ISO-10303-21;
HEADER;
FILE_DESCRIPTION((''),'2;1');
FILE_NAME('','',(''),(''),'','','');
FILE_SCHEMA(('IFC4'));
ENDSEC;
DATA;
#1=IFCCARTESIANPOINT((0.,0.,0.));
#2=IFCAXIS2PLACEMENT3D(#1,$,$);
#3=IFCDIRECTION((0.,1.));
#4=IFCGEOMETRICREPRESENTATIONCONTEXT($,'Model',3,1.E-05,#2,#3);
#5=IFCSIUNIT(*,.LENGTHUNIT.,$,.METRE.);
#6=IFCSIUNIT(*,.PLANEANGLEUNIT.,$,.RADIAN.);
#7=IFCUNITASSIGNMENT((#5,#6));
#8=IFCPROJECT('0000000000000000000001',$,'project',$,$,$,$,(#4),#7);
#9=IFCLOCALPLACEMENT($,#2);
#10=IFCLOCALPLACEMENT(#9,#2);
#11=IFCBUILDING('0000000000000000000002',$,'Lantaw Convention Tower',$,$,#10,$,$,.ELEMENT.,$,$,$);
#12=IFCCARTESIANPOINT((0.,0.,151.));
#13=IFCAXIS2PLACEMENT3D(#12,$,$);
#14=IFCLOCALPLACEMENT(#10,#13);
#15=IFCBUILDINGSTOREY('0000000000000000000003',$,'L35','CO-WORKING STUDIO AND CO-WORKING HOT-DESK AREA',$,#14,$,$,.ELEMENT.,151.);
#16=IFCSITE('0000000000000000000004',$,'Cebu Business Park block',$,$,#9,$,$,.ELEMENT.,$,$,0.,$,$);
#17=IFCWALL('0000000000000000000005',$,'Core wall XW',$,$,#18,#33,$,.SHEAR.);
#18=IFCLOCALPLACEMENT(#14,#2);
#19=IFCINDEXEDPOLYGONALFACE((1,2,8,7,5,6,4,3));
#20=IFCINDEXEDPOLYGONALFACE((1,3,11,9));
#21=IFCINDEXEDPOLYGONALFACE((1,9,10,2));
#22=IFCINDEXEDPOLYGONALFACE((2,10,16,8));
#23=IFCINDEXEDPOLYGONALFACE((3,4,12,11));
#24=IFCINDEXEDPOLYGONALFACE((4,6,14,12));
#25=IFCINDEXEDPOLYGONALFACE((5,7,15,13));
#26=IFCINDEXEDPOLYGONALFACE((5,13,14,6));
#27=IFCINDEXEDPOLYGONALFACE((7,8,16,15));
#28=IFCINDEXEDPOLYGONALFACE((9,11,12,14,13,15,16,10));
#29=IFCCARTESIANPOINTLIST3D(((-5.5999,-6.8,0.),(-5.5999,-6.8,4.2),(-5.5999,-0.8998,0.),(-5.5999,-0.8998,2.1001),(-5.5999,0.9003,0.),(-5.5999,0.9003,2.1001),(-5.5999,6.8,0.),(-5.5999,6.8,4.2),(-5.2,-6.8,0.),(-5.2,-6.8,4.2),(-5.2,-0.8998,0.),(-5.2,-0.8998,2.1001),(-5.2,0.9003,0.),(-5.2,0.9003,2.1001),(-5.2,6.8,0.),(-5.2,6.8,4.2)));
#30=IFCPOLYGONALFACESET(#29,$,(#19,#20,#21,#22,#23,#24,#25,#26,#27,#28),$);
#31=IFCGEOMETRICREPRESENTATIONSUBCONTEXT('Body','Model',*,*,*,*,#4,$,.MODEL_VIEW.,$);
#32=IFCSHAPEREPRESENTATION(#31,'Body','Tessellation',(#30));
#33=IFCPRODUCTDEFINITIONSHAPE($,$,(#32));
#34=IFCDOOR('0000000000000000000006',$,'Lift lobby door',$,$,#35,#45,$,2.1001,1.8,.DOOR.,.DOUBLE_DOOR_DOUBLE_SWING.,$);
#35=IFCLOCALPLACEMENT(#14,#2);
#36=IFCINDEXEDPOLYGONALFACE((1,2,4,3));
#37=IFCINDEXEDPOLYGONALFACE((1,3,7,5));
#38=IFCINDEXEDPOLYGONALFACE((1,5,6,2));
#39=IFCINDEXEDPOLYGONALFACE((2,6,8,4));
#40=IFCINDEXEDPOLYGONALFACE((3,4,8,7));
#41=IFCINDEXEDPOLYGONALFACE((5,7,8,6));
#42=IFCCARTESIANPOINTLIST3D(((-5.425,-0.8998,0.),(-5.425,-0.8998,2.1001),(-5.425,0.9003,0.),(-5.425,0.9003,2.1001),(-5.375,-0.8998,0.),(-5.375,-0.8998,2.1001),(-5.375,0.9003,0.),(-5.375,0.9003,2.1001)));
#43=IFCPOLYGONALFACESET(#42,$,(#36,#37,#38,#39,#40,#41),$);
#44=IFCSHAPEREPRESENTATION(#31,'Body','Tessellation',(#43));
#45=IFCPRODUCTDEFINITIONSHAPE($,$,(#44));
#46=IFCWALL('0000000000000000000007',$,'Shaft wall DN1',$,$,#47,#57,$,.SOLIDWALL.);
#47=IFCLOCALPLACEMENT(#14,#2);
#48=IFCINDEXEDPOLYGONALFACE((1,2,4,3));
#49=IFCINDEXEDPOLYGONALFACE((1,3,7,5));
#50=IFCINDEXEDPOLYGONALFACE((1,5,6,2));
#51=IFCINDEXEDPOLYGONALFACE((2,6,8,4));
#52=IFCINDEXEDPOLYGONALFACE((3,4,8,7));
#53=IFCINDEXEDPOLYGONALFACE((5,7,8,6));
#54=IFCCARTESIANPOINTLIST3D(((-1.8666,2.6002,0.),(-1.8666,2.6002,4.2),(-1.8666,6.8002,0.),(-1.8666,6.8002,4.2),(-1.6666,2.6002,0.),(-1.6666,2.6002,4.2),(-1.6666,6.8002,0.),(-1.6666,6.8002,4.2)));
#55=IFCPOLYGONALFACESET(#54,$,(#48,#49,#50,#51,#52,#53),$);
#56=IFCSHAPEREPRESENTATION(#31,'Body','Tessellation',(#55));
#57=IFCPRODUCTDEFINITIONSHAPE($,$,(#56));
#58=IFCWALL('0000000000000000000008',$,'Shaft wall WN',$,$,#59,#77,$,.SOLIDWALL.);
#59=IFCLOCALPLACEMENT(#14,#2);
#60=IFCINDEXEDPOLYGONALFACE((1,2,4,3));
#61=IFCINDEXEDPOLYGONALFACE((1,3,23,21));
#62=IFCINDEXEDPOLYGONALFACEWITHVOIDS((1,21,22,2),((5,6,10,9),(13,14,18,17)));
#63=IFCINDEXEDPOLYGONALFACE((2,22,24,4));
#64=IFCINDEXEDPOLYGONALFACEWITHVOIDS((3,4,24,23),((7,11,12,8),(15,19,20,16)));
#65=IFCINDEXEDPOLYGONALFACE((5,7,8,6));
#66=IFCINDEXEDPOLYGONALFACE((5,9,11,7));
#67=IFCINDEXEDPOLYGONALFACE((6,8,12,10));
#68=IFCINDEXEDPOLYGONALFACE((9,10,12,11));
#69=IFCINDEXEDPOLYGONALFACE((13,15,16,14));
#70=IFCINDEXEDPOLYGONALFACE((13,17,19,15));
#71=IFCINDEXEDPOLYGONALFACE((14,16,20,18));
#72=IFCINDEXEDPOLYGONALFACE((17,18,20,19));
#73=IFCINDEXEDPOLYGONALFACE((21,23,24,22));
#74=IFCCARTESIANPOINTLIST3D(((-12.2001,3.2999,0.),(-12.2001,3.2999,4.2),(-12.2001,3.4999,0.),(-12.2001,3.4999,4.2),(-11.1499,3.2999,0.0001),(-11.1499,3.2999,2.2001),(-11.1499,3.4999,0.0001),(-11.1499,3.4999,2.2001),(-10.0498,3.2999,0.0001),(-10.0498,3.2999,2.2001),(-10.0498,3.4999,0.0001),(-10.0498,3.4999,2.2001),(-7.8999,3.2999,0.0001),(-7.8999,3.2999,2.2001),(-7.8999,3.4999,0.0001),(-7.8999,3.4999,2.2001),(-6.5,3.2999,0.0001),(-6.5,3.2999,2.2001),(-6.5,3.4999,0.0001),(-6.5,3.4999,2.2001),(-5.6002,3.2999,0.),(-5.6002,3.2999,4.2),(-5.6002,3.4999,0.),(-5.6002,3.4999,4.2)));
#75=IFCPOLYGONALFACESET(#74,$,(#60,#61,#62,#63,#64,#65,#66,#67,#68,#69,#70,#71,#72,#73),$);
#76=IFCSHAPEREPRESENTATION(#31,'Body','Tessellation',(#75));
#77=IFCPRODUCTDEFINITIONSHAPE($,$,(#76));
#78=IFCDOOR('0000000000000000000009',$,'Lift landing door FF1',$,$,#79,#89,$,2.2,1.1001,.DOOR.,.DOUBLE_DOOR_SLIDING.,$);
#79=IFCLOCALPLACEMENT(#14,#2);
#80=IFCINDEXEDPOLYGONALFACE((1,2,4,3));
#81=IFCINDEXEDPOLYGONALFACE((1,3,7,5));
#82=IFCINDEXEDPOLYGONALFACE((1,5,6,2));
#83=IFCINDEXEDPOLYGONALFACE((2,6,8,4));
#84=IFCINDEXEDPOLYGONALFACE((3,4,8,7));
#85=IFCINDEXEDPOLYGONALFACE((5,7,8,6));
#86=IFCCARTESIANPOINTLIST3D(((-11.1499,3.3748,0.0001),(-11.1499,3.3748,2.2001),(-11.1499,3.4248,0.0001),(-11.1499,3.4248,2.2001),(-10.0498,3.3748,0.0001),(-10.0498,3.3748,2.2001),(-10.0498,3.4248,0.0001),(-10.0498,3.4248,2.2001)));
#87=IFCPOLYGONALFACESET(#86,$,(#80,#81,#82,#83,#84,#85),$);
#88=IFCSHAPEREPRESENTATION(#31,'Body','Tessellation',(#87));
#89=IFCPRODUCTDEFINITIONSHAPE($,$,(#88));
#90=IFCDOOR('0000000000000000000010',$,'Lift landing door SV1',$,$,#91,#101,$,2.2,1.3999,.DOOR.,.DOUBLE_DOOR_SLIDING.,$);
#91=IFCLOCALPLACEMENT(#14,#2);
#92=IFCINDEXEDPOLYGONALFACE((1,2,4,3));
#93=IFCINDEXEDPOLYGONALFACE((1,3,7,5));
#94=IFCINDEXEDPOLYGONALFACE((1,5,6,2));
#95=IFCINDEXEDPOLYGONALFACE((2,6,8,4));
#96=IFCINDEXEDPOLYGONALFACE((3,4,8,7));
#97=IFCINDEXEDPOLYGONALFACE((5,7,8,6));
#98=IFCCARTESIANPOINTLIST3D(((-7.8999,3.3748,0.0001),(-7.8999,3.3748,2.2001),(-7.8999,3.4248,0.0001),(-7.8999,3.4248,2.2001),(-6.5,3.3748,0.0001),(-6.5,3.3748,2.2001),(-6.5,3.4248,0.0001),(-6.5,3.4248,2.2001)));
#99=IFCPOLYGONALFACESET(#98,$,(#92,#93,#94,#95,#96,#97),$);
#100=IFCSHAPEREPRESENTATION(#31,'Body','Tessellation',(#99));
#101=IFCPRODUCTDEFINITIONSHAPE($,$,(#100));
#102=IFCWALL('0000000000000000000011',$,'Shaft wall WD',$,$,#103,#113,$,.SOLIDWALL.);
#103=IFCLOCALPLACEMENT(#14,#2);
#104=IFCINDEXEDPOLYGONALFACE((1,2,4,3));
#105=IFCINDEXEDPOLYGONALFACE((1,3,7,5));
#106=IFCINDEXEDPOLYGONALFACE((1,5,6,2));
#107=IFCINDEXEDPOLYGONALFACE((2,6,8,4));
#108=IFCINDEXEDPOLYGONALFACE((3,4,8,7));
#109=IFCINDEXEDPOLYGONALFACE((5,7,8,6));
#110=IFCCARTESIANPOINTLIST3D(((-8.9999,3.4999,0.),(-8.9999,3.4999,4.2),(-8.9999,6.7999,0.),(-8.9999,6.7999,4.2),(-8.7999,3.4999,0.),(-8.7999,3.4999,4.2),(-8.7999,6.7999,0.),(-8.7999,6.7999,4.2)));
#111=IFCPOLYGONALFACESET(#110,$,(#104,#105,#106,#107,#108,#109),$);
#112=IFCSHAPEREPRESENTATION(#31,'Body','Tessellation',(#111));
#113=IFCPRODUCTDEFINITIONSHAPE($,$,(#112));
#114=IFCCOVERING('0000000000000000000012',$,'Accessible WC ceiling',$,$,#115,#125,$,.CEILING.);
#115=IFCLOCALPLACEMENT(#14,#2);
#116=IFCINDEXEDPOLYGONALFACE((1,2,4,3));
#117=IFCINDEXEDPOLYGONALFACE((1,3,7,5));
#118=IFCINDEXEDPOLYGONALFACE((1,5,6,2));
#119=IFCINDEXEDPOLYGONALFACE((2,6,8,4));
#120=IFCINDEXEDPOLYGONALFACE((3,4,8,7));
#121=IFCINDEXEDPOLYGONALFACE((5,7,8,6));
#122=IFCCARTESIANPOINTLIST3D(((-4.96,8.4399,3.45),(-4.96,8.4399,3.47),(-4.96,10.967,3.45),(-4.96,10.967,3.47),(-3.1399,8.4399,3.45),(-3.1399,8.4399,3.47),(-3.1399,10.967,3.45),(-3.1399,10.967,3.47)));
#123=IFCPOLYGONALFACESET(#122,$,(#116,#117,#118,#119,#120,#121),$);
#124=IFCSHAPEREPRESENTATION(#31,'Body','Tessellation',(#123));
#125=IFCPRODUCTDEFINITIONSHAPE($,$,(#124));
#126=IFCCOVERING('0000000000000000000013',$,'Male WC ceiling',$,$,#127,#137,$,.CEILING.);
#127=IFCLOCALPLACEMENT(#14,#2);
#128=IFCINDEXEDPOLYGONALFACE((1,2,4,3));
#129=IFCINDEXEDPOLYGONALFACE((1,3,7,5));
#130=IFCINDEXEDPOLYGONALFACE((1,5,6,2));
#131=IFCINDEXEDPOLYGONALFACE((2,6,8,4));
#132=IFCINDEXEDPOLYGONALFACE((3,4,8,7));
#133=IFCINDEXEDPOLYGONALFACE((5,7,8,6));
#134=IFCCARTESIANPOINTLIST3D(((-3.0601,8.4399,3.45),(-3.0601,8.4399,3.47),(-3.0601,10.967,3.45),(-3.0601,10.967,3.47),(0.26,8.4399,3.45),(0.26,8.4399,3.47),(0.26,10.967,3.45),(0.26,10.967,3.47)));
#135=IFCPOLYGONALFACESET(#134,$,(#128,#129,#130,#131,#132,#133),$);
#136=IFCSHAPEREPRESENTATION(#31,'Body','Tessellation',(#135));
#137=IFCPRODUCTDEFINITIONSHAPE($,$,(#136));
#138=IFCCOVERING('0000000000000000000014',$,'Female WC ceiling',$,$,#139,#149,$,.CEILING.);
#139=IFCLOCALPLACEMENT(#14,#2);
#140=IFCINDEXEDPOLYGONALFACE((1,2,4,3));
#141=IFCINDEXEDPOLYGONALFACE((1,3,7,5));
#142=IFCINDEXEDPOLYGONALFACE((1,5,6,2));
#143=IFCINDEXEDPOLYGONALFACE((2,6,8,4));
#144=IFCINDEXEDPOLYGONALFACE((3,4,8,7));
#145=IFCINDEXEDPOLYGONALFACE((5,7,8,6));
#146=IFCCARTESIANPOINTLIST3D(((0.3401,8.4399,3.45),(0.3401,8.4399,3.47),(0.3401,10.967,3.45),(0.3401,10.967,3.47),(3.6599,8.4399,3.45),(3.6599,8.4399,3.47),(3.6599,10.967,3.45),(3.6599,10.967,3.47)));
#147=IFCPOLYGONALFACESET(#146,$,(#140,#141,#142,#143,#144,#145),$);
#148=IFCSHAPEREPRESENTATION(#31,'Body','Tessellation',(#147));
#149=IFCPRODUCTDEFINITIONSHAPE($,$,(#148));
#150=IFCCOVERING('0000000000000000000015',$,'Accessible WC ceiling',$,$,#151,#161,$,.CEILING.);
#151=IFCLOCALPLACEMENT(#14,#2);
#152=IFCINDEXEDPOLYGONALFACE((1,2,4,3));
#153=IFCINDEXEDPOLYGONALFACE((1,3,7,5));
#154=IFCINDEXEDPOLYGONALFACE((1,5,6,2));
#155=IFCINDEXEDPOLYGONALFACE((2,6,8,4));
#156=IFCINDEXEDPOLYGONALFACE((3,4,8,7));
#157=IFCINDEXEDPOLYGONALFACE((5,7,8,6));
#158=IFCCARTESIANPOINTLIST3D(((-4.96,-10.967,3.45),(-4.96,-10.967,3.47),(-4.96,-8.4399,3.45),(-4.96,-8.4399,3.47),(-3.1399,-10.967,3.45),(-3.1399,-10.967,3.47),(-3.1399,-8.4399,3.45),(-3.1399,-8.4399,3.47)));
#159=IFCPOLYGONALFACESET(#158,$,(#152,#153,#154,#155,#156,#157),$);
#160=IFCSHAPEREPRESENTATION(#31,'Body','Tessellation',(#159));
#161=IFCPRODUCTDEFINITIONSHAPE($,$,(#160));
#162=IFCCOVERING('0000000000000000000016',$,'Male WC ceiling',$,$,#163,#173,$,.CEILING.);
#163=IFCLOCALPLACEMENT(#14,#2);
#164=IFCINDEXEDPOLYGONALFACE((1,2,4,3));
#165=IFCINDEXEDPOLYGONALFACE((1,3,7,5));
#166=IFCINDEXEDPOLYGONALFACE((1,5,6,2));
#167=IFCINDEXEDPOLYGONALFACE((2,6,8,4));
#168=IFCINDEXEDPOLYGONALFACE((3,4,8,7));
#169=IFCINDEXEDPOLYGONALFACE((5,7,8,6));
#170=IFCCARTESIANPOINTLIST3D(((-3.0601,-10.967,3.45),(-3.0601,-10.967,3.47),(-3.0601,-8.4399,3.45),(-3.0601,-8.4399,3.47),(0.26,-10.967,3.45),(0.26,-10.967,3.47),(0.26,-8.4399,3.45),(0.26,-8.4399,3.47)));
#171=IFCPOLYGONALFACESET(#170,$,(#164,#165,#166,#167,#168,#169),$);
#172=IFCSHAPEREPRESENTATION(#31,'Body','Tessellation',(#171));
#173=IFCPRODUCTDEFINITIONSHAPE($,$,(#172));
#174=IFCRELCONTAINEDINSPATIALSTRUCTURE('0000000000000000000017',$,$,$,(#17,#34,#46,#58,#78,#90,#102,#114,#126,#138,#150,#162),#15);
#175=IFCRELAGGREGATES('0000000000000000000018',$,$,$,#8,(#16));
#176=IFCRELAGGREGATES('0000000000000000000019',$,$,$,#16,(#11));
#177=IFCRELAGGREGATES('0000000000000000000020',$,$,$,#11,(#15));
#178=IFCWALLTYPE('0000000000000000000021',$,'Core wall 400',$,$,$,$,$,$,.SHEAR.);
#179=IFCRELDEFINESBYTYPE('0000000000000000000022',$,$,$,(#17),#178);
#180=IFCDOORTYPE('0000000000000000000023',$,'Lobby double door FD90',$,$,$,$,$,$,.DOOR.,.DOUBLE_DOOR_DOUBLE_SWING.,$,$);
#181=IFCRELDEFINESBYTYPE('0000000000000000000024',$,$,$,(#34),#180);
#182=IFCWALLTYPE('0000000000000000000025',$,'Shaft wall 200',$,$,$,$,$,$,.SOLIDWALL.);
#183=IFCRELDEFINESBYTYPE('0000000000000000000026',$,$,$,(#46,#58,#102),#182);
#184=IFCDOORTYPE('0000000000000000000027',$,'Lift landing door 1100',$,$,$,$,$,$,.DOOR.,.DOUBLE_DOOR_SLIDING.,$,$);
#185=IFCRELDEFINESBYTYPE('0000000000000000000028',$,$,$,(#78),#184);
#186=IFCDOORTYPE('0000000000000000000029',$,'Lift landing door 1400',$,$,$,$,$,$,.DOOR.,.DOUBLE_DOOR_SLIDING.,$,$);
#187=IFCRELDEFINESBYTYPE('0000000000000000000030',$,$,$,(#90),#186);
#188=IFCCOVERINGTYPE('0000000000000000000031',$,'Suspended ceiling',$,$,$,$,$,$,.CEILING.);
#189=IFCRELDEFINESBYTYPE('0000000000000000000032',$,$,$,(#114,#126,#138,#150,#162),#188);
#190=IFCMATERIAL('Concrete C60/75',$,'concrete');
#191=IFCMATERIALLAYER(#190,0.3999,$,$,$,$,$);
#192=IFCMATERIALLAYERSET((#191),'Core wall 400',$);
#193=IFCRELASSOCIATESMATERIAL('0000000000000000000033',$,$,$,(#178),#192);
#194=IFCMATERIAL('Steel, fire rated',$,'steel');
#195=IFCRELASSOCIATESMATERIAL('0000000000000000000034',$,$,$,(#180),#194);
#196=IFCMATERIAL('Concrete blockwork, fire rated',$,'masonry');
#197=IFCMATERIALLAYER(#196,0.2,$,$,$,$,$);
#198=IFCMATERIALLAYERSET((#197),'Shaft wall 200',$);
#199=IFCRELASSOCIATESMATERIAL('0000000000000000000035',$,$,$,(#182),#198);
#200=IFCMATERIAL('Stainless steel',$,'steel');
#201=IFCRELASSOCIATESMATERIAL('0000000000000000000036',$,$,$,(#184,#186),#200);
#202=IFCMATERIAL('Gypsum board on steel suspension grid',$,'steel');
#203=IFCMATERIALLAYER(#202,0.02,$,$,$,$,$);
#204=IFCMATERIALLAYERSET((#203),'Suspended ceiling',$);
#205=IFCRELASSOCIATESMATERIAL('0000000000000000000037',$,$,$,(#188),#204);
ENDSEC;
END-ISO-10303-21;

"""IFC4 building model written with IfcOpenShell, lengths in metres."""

from ifc_helpers import new_model, si_unit, direction, frame, frame_2d, origin, place, context, subcontext, project, spatial, polyline, rectangle, outline, extrude, material, layer, layer_set, type_object, element, fill, save


model = new_model("IFC4")

# Units and contexts
model_context = context("Model", 3, precision=1e-05, world=origin(), true_north=direction((0.0, 1.0)))
body_context = subcontext(model_context, "Body", "Model", "MODEL_VIEW")
ifc_project = project(units=[si_unit("LENGTHUNIT", "METRE"), si_unit("PLANEANGLEUNIT", "RADIAN")], contexts=[model_context])

# Site, building, storey
site_placement = place(None, origin())
site = spatial("IfcSite", under=ifc_project, at=site_placement, Name="Cebu Business Park block", CompositionType="ELEMENT", RefElevation=0.0)
building_placement = place(site_placement, origin())
building = spatial("IfcBuilding", under=site, at=building_placement, Name="Lantaw Convention Tower", CompositionType="ELEMENT")
storey_placement = place(building_placement, frame((0.0, 0.0, 151.0)))
storey = spatial("IfcBuildingStorey", under=building, at=storey_placement, Name="L35", Description="CO-WORKING STUDIO AND CO-WORKING HOT-DESK AREA", CompositionType="ELEMENT", Elevation=151.0)

# Wall, opening, door
ifc_material_1 = material(Name="Concrete C60/75", Category="concrete")
ifc_layer_1 = layer(ifc_material_1, 0.3999)
ifc_layer_set_1 = layer_set([ifc_layer_1], Name="Core wall 400")
wall_type_1 = type_object("IfcWallType", Name="Core wall 400", PredefinedType="SHEAR", material=ifc_layer_set_1)
wall_1_placement = place(storey_placement, frame((-5.3999, 6.8, 0.0), z_axis=(0.0, 0.0, 1.0), x_axis=(0.0, -1.0, 0.0)))
wall_1 = element("IfcWall", 1, at=wall_1_placement, inside=storey, type_object=wall_type_1, Name="Core wall XW", PredefinedType="SHEAR", context=body_context, shape_type="SweptSolid", body=[
    extrude(rectangle(XDim=13.6001, YDim=0.3999, at=frame_2d((6.8, 0.0))), origin(), (0.0, 0.0, 1.0), 4.2),
])
opening_1_placement = place(wall_1_placement, frame((5.8999, 0.0, 0.0)))
opening_1 = element("IfcOpeningElement", 2, at=opening_1_placement, cuts=wall_1, PredefinedType="OPENING", context=body_context, shape_type="SweptSolid", body=[
    extrude(rectangle(XDim=1.8, YDim=2.1001, at=frame_2d((0.8999, 1.05))), frame((0.0, 0.21, 0.0), z_axis=(0.0, -1.0, 0.0), x_axis=(1.0, 0.0, 0.0)), (0.0, 0.0, 1.0), 0.4199),
])
ifc_material_2 = material(Name="Steel, fire rated", Category="steel")
door_type_1 = type_object("IfcDoorType", Name="Lobby double door FD90", OperationType="DOUBLE_DOOR_DOUBLE_SWING", PredefinedType="DOOR", material=ifc_material_2)
door_1_placement = place(opening_1_placement, origin())
door_1 = element("IfcDoor", 3, at=door_1_placement, inside=storey, type_object=door_type_1, Name="Lift lobby door", OperationType="DOUBLE_DOOR_DOUBLE_SWING", OverallHeight=2.1001, OverallWidth=1.8, PredefinedType="DOOR", context=body_context, shape_type="SweptSolid", body=[
    extrude(rectangle(XDim=1.8, YDim=2.1001, at=frame_2d((0.8999, 1.05))), frame((0.0, 0.0249, 0.0), z_axis=(0.0, -1.0, 0.0), x_axis=(1.0, 0.0, 0.0)), (0.0, 0.0, 1.0), 0.05),
])
fill(opening_1, door_1)

# Wall
ifc_material_3 = material(Name="Concrete blockwork, fire rated", Category="masonry")
ifc_layer_2 = layer(ifc_material_3, 0.2)
ifc_layer_set_2 = layer_set([ifc_layer_2], Name="Shaft wall 200")
wall_type_2 = type_object("IfcWallType", Name="Shaft wall 200", PredefinedType="SOLIDWALL", material=ifc_layer_set_2)
wall_2_placement = place(storey_placement, frame((-1.7666, 2.6001, 0.0), z_axis=(0.0, 0.0, 1.0), x_axis=(0.0, 1.0, 0.0)))
element("IfcWall", 4, at=wall_2_placement, inside=storey, type_object=wall_type_2, Name="Shaft wall DN1", PredefinedType="SOLIDWALL", context=body_context, shape_type="SweptSolid", body=[
    extrude(rectangle(XDim=4.2, YDim=0.2, at=frame_2d((2.1001, 0.0))), origin(), (0.0, 0.0, 1.0), 4.2),
])

# Wall, openings, doors
wall_3_placement = place(storey_placement, frame((-12.2, 3.3999, 0.0), z_axis=(0.0, 0.0, 1.0), x_axis=(1.0, 0.0, 0.0)))
wall_3 = element("IfcWall", 5, at=wall_3_placement, inside=storey, type_object=wall_type_2, Name="Shaft wall WN", PredefinedType="SOLIDWALL", context=body_context, shape_type="SweptSolid", body=[
    extrude(rectangle(XDim=6.5999, YDim=0.2, at=frame_2d((3.2998, 0.0))), origin(), (0.0, 0.0, 1.0), 4.2),
])
opening_2_placement = place(wall_3_placement, frame((1.05, 0.0, 0.0)))
opening_2 = element("IfcOpeningElement", 6, at=opening_2_placement, cuts=wall_3, PredefinedType="OPENING", context=body_context, shape_type="SweptSolid", body=[
    extrude(rectangle(XDim=1.1001, YDim=2.2, at=frame_2d((0.55, 1.1001))), frame((0.0, 0.1099, 0.0), z_axis=(0.0, -1.0, 0.0), x_axis=(1.0, 0.0, 0.0)), (0.0, 0.0, 1.0), 0.22),
])
opening_3_placement = place(wall_3_placement, frame((4.3, 0.0, 0.0)))
opening_3 = element("IfcOpeningElement", 7, at=opening_3_placement, cuts=wall_3, PredefinedType="OPENING", context=body_context, shape_type="SweptSolid", body=[
    extrude(rectangle(XDim=1.3999, YDim=2.2, at=frame_2d((0.7, 1.1001))), frame((0.0, 0.1099, 0.0), z_axis=(0.0, -1.0, 0.0), x_axis=(1.0, 0.0, 0.0)), (0.0, 0.0, 1.0), 0.22),
])
ifc_material_4 = material(Name="Stainless steel", Category="steel")
door_type_2 = type_object("IfcDoorType", Name="Lift landing door 1100", OperationType="DOUBLE_DOOR_SLIDING", PredefinedType="DOOR", material=ifc_material_4)
door_2_placement = place(opening_2_placement, origin())
door_2 = element("IfcDoor", 8, at=door_2_placement, inside=storey, type_object=door_type_2, Name="Lift landing door FF1", OperationType="DOUBLE_DOOR_SLIDING", OverallHeight=2.2, OverallWidth=1.1001, PredefinedType="DOOR", context=body_context, shape_type="SweptSolid", body=[
    extrude(rectangle(XDim=1.1001, YDim=2.2, at=frame_2d((0.55, 1.1001))), frame((0.0, 0.0249, 0.0), z_axis=(0.0, -1.0, 0.0), x_axis=(1.0, 0.0, 0.0)), (0.0, 0.0, 1.0), 0.05),
])
fill(opening_2, door_2)
door_type_3 = type_object("IfcDoorType", Name="Lift landing door 1400", OperationType="DOUBLE_DOOR_SLIDING", PredefinedType="DOOR", material=ifc_material_4)
door_3_placement = place(opening_3_placement, origin())
door_3 = element("IfcDoor", 9, at=door_3_placement, inside=storey, type_object=door_type_3, Name="Lift landing door SV1", OperationType="DOUBLE_DOOR_SLIDING", OverallHeight=2.2, OverallWidth=1.3999, PredefinedType="DOOR", context=body_context, shape_type="SweptSolid", body=[
    extrude(rectangle(XDim=1.3999, YDim=2.2, at=frame_2d((0.7, 1.1001))), frame((0.0, 0.0249, 0.0), z_axis=(0.0, -1.0, 0.0), x_axis=(1.0, 0.0, 0.0)), (0.0, 0.0, 1.0), 0.05),
])
fill(opening_3, door_3)

# Wall
wall_4_placement = place(storey_placement, frame((-8.8999, 3.5, 0.0), z_axis=(0.0, 0.0, 1.0), x_axis=(0.0, 1.0, 0.0)))
element("IfcWall", 10, at=wall_4_placement, inside=storey, type_object=wall_type_2, Name="Shaft wall WD", PredefinedType="SOLIDWALL", context=body_context, shape_type="SweptSolid", body=[
    extrude(rectangle(XDim=3.3, YDim=0.2, at=frame_2d((1.6499, 0.0))), origin(), (0.0, 0.0, 1.0), 4.2),
])

# Coverings
ifc_material_5 = material(Name="Gypsum board on steel suspension grid", Category="steel")
ifc_layer_3 = layer(ifc_material_5, 0.02)
ifc_layer_set_3 = layer_set([ifc_layer_3], Name="Suspended ceiling")
covering_type = type_object("IfcCoveringType", Name="Suspended ceiling", PredefinedType="CEILING", material=ifc_layer_set_3)
covering_1_placement = place(storey_placement, frame((0.0, 0.0, 3.45)))
element("IfcCovering", 11, at=covering_1_placement, inside=storey, type_object=covering_type, Name="Accessible WC ceiling", PredefinedType="CEILING", context=body_context, shape_type="SweptSolid", body=[
    extrude(outline(polyline([(-4.96, 8.4399), (-3.1399, 8.4399), (-3.1399, 10.967), (-4.96, 10.967), (-4.96, 8.4399)])), origin(), (0.0, 0.0, 1.0), 0.02),
])
covering_2_placement = place(storey_placement, frame((0.0, 0.0, 3.45)))
element("IfcCovering", 12, at=covering_2_placement, inside=storey, type_object=covering_type, Name="Male WC ceiling", PredefinedType="CEILING", context=body_context, shape_type="SweptSolid", body=[
    extrude(outline(polyline([(-3.0601, 8.4399), (0.26, 8.4399), (0.26, 10.967), (-3.0601, 10.967), (-3.0601, 8.4399)])), origin(), (0.0, 0.0, 1.0), 0.02),
])
covering_3_placement = place(storey_placement, frame((0.0, 0.0, 3.45)))
element("IfcCovering", 13, at=covering_3_placement, inside=storey, type_object=covering_type, Name="Female WC ceiling", PredefinedType="CEILING", context=body_context, shape_type="SweptSolid", body=[
    extrude(outline(polyline([(0.3401, 8.4399), (3.6599, 8.4399), (3.6599, 10.967), (0.3401, 10.967), (0.3401, 8.4399)])), origin(), (0.0, 0.0, 1.0), 0.02),
])
covering_4_placement = place(storey_placement, frame((0.0, 0.0, 3.45)))
element("IfcCovering", 14, at=covering_4_placement, inside=storey, type_object=covering_type, Name="Accessible WC ceiling", PredefinedType="CEILING", context=body_context, shape_type="SweptSolid", body=[
    extrude(outline(polyline([(-4.96, -10.967), (-3.1399, -10.967), (-3.1399, -8.4399), (-4.96, -8.4399), (-4.96, -10.967)])), origin(), (0.0, 0.0, 1.0), 0.02),
])
covering_5_placement = place(storey_placement, frame((0.0, 0.0, 3.45)))
element("IfcCovering", 15, at=covering_5_placement, inside=storey, type_object=covering_type, Name="Male WC ceiling", PredefinedType="CEILING", context=body_context, shape_type="SweptSolid", body=[
    extrude(outline(polyline([(-3.0601, -10.967), (0.26, -10.967), (0.26, -8.4399), (-3.0601, -8.4399), (-3.0601, -10.967)])), origin(), (0.0, 0.0, 1.0), 0.02),
])

save(model, "model.ifc")
